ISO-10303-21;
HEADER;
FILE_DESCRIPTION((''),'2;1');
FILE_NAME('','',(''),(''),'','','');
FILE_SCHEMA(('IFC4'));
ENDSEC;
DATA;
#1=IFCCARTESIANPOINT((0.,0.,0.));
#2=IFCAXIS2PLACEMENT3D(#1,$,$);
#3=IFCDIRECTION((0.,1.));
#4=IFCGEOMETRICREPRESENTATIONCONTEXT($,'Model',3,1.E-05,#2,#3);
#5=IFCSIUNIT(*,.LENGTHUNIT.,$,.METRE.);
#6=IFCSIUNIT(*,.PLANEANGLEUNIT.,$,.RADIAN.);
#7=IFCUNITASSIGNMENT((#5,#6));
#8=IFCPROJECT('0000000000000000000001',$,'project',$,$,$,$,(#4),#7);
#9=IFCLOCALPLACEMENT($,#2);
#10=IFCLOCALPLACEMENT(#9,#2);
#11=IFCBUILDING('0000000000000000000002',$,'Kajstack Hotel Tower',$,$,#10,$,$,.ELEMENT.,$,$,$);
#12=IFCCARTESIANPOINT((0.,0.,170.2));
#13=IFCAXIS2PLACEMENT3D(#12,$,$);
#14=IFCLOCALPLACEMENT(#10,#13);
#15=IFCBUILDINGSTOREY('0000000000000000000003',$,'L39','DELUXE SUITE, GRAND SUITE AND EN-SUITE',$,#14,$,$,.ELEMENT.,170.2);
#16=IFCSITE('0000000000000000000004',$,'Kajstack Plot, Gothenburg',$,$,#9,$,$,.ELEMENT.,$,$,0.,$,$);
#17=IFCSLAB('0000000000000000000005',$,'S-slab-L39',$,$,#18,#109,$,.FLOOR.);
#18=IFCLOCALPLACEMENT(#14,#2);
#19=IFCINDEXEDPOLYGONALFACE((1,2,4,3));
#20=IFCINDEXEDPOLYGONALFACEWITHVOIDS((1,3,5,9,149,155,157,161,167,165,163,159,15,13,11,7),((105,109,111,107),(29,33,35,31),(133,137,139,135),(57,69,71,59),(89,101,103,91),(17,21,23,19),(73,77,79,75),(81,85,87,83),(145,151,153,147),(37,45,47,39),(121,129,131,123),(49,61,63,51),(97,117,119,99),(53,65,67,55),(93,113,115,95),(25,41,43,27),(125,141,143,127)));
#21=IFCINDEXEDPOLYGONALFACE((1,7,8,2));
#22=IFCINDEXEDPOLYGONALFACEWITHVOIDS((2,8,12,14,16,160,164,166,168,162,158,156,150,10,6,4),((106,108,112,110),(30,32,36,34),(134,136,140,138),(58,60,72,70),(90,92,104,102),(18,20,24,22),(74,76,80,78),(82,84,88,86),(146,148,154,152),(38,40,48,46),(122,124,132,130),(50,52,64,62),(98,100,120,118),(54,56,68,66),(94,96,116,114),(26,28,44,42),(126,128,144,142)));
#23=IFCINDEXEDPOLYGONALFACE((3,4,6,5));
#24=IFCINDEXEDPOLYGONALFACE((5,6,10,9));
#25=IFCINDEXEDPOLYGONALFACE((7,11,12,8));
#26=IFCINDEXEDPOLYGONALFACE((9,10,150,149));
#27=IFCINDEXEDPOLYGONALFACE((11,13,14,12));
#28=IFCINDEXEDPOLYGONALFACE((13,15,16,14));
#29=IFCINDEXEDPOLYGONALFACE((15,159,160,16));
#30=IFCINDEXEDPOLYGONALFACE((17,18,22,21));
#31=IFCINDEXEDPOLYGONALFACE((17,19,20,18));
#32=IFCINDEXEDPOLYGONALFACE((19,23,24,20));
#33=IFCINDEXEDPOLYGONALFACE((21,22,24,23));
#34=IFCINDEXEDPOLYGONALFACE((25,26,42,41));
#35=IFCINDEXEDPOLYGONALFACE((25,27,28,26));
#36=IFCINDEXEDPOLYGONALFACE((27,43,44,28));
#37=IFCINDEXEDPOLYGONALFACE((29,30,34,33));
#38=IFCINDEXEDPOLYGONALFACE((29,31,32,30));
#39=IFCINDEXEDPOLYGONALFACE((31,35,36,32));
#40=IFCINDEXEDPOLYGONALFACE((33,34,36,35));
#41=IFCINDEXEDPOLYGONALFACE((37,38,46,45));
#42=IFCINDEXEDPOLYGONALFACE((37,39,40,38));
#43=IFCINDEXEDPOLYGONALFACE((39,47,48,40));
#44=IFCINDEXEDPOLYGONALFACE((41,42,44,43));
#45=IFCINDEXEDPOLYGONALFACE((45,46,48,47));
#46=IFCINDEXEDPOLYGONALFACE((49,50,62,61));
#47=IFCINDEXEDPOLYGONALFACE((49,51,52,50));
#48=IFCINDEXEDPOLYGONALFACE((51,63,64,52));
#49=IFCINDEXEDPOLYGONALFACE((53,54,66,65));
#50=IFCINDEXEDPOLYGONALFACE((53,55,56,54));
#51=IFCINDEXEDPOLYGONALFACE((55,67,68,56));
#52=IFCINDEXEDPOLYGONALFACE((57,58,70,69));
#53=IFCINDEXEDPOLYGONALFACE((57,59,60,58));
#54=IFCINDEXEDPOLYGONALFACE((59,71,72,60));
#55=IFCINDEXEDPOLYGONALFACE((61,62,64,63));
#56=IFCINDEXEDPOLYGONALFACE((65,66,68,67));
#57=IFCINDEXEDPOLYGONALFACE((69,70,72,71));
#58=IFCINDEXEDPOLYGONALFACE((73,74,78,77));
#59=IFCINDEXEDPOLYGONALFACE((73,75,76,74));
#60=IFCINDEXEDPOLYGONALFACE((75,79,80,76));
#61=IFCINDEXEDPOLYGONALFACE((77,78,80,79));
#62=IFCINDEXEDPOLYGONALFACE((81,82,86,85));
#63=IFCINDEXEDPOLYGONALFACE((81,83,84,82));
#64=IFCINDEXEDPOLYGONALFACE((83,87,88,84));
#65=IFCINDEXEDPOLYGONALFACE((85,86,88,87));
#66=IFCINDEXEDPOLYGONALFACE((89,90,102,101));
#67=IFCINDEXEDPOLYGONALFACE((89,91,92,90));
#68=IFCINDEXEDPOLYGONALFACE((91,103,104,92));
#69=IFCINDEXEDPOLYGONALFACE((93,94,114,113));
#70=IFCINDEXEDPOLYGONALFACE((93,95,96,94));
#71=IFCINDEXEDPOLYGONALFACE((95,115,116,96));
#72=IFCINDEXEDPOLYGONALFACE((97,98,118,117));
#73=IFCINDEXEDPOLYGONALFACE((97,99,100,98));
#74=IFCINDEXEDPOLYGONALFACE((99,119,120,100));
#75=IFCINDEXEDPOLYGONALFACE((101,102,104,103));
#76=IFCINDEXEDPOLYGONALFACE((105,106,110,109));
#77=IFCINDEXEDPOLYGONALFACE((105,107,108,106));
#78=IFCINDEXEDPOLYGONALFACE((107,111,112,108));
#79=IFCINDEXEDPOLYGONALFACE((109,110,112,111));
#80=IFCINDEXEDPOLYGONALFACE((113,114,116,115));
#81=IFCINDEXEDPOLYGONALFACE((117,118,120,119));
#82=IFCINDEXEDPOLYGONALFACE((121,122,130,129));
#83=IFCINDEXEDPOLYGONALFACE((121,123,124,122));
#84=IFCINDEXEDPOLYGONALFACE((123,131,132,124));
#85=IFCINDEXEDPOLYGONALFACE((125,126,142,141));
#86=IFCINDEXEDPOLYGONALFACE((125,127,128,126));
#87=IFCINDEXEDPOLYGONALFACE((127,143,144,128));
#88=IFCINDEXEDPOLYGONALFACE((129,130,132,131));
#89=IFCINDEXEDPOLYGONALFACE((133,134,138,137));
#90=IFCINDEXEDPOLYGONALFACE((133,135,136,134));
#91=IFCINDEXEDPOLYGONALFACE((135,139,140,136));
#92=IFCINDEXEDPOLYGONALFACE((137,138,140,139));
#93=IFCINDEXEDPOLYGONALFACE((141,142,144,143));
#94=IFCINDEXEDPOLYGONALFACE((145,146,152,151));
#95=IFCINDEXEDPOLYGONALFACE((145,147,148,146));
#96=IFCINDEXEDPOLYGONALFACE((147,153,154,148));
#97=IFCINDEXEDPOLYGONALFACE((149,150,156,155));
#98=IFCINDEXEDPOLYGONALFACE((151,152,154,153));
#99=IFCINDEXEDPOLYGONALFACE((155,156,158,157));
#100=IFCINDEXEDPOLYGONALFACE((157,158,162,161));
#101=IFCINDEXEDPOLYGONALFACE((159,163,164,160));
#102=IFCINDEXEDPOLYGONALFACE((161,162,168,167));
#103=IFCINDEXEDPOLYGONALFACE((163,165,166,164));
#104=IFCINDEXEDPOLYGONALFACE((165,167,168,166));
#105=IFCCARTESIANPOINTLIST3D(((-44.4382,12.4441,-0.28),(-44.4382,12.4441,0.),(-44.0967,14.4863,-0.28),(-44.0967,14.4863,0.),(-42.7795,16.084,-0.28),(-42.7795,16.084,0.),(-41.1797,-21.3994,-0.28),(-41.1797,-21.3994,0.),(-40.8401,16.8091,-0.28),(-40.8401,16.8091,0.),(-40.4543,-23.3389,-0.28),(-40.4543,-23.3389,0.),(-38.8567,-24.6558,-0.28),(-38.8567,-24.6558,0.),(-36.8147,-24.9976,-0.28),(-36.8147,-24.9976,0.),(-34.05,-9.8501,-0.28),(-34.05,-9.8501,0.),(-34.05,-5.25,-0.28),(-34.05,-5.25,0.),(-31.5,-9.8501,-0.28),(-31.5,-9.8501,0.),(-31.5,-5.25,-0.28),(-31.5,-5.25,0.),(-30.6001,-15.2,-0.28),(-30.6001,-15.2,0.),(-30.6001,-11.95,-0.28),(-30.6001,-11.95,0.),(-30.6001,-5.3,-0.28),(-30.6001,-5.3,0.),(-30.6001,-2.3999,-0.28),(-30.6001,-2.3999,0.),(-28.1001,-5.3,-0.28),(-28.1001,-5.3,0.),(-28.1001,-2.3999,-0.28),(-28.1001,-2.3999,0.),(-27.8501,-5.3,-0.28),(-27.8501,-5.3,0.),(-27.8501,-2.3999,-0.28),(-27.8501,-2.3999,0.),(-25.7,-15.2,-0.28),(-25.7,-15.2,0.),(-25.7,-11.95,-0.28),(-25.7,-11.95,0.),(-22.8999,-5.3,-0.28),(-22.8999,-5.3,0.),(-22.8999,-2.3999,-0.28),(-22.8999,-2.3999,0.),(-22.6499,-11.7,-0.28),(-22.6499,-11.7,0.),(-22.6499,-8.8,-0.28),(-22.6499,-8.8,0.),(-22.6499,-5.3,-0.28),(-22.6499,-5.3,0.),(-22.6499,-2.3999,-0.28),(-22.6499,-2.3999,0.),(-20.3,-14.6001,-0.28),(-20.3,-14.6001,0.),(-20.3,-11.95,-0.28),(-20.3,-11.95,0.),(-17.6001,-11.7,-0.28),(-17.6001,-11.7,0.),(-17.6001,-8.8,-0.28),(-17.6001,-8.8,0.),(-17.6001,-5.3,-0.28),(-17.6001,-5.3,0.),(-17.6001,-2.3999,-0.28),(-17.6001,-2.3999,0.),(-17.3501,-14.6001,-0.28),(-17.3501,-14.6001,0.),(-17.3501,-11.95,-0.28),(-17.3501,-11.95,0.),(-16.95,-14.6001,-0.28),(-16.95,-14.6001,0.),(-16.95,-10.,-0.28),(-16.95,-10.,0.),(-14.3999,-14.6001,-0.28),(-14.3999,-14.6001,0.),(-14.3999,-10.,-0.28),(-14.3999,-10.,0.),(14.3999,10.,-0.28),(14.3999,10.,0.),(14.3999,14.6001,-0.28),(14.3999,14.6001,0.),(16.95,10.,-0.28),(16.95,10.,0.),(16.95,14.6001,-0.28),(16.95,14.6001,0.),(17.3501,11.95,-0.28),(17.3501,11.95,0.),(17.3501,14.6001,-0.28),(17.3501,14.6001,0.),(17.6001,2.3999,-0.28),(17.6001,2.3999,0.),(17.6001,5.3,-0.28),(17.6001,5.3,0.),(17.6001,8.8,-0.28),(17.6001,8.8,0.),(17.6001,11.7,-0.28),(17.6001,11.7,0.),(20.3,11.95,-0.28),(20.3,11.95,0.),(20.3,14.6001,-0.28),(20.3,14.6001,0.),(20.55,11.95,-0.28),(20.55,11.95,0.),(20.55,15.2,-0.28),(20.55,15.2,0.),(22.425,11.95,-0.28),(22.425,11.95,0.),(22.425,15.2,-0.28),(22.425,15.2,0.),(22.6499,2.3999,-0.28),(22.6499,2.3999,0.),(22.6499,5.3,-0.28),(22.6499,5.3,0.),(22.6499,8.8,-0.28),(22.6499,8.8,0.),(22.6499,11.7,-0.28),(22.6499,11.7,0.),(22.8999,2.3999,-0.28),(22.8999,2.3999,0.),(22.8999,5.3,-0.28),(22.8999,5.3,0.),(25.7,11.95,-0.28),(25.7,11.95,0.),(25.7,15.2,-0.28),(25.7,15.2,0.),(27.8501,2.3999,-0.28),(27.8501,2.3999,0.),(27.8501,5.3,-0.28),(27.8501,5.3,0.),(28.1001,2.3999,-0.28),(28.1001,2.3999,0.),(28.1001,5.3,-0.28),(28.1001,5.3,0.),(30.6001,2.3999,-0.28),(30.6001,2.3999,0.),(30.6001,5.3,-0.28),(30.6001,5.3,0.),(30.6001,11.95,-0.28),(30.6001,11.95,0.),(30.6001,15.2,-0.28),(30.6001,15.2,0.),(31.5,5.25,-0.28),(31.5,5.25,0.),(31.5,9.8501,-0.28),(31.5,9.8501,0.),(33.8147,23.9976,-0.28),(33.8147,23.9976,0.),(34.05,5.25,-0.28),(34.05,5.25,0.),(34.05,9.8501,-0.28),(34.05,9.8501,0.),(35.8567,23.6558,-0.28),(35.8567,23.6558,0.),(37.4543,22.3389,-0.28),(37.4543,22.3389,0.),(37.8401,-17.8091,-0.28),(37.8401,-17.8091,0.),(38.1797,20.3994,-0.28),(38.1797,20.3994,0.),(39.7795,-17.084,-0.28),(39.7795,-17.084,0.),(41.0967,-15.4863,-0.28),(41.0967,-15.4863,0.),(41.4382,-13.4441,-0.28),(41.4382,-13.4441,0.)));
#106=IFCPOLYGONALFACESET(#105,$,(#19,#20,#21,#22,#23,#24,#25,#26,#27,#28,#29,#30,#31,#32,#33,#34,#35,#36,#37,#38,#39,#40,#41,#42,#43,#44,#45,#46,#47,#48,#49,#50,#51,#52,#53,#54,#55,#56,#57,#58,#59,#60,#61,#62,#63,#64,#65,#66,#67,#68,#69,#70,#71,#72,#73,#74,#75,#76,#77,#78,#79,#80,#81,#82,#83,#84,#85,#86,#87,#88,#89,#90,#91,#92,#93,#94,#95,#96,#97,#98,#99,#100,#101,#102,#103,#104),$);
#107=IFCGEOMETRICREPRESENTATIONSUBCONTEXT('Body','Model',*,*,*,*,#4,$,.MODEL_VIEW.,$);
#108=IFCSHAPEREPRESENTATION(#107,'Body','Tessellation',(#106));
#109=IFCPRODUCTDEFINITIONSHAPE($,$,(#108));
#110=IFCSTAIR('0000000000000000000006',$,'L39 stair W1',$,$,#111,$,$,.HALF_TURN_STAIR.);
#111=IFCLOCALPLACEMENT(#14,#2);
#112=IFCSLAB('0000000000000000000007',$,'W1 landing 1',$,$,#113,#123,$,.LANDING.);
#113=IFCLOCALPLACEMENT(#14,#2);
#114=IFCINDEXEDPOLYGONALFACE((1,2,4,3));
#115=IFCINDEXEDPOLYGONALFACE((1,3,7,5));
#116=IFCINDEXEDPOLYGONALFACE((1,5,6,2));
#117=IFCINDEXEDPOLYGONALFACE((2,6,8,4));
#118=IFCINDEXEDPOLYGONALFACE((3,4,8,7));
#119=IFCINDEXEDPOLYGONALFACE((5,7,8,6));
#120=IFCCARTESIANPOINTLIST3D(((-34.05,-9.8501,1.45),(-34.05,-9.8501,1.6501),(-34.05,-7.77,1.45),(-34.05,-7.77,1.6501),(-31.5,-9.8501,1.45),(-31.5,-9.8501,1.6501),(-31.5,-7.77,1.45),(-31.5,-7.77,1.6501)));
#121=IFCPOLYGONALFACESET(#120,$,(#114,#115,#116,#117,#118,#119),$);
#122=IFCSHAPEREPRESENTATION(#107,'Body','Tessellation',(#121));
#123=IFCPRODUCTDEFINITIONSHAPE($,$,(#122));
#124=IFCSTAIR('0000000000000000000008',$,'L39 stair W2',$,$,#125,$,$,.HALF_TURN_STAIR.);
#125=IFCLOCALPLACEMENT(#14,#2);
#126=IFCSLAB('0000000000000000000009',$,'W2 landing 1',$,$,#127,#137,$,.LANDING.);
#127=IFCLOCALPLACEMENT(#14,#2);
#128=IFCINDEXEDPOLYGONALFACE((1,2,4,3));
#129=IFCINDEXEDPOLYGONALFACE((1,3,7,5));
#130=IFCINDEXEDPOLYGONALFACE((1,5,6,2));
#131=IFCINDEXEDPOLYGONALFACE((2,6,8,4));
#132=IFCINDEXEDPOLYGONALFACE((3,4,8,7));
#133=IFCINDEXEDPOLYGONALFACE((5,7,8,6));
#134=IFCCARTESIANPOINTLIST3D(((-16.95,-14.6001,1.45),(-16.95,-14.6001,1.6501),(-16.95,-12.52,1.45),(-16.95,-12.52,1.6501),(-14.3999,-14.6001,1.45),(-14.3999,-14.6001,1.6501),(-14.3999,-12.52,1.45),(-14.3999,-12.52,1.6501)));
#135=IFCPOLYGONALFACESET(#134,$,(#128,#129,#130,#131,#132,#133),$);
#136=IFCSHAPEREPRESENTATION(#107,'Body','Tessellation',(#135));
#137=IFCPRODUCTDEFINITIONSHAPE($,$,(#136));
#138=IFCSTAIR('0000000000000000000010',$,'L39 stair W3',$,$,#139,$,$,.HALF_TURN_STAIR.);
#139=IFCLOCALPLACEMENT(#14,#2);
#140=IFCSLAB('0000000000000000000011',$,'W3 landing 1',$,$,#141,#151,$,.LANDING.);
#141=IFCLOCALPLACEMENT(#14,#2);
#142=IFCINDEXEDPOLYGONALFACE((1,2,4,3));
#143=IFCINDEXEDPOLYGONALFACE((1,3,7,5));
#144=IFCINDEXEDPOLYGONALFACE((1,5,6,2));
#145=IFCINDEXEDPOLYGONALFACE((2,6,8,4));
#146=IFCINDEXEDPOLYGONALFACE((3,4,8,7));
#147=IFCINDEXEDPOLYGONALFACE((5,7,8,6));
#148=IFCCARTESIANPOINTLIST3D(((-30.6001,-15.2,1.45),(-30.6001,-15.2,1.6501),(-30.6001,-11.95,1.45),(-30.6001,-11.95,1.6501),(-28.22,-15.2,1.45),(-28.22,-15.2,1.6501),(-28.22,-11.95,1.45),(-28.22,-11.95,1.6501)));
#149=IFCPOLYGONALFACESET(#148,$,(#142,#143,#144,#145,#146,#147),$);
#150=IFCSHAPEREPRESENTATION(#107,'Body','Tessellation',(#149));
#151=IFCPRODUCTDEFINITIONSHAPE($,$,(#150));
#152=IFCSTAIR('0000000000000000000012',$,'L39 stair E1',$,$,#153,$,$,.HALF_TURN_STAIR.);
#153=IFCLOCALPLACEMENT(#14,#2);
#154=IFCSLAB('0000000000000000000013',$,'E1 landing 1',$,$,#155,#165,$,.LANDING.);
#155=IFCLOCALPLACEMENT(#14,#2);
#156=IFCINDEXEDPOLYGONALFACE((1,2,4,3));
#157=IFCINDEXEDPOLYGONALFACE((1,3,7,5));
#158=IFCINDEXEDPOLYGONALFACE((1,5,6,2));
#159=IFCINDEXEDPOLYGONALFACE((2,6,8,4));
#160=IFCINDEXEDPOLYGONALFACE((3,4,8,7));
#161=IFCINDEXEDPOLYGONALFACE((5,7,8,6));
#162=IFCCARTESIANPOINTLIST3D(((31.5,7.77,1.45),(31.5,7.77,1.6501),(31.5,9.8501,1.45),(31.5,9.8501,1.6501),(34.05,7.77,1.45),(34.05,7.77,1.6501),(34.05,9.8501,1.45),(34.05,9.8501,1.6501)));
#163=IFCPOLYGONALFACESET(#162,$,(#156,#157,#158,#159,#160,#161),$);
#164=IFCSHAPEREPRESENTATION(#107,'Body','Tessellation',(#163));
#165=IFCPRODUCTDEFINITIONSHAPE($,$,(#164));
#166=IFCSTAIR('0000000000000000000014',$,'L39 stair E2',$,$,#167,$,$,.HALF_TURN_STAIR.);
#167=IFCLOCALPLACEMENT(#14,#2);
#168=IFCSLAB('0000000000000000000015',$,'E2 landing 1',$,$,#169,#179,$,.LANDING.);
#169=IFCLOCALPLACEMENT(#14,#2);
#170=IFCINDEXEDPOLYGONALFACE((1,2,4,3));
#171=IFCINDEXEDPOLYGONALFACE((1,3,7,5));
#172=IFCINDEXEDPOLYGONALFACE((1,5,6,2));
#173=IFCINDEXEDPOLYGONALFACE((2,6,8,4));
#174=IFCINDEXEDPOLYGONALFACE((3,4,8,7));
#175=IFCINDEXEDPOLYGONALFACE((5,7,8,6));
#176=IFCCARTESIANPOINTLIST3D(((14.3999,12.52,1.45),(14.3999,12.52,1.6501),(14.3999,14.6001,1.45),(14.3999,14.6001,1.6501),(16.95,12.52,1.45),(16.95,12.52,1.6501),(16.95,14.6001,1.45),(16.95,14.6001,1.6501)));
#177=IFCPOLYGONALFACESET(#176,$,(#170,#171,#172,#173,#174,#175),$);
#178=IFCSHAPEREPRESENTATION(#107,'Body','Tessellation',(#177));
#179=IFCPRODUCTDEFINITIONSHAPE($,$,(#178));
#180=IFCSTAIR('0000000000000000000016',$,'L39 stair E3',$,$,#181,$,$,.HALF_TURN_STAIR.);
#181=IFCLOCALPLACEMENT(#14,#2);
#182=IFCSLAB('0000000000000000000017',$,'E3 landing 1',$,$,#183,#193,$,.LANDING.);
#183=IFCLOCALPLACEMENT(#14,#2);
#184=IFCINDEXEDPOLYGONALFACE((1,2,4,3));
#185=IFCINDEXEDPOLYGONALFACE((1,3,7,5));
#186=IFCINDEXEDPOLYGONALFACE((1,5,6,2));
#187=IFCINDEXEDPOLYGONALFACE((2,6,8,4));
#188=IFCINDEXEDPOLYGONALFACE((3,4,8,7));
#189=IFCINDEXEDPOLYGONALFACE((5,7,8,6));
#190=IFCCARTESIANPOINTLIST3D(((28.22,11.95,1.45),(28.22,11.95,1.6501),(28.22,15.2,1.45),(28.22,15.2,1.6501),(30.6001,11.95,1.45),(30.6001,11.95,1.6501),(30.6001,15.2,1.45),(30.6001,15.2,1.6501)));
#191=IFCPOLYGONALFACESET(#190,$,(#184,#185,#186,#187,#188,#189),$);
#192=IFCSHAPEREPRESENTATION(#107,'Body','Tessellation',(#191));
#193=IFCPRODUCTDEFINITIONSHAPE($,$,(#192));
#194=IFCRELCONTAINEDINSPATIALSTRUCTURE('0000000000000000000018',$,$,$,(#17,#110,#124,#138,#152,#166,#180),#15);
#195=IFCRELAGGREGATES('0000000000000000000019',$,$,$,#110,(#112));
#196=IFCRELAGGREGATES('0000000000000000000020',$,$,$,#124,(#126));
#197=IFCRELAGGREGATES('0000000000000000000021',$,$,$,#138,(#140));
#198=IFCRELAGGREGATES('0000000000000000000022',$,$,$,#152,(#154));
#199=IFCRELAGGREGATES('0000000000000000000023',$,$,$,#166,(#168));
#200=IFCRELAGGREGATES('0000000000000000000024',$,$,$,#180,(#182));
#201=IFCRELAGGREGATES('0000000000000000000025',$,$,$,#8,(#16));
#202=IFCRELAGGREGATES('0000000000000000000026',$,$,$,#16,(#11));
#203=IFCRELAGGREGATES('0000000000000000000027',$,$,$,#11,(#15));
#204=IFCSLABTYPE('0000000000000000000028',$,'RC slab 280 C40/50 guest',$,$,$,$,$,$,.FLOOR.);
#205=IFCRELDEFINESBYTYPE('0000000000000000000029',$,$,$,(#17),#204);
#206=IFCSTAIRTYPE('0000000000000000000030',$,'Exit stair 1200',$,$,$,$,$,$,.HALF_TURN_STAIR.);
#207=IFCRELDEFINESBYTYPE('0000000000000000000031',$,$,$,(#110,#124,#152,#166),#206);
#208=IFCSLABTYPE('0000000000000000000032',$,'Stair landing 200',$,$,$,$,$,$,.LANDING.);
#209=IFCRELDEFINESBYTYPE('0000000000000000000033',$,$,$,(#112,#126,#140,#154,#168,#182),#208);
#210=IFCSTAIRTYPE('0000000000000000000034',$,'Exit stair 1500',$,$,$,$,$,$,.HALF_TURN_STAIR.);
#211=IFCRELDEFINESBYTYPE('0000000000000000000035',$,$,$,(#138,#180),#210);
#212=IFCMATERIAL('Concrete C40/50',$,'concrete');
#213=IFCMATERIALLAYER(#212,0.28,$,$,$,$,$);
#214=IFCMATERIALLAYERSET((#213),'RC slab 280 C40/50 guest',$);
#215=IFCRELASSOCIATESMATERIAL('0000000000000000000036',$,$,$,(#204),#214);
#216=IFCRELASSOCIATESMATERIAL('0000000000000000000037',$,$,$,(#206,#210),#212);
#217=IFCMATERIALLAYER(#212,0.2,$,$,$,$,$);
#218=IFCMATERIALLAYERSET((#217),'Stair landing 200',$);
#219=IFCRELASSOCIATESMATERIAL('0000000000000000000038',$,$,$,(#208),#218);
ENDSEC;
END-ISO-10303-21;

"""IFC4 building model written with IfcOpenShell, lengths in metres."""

from ifc_helpers import new_model, si_unit, direction, frame, origin, place, context, subcontext, project, spatial, polyline, outline, extrude, material, layer, layer_set, type_object, element, aggregate, save


model = new_model("IFC4")

# Units and contexts
model_context = context("Model", 3, precision=1e-05, world=origin(), true_north=direction((0.0, 1.0)))
body_context = subcontext(model_context, "Body", "Model", "MODEL_VIEW")
ifc_project = project(units=[si_unit("LENGTHUNIT", "METRE"), si_unit("PLANEANGLEUNIT", "RADIAN")], contexts=[model_context])

# Site, building, storey
site_placement = place(None, origin())
site = spatial("IfcSite", under=ifc_project, at=site_placement, Name="Kajstack Plot, Gothenburg", CompositionType="ELEMENT", RefElevation=0.0)
building_placement = place(site_placement, origin())
building = spatial("IfcBuilding", under=site, at=building_placement, Name="Kajstack Hotel Tower", CompositionType="ELEMENT")
storey_placement = place(building_placement, frame((0.0, 0.0, 170.2)))
storey = spatial("IfcBuildingStorey", under=building, at=storey_placement, Name="L39", Description="DELUXE SUITE, GRAND SUITE AND EN-SUITE", CompositionType="ELEMENT", Elevation=170.2)

# Slab
ifc_material_1 = material(Name="Concrete C40/50", Category="concrete")
ifc_layer_1 = layer(ifc_material_1, 0.28)
ifc_layer_set_1 = layer_set([ifc_layer_1], Name="RC slab 280 C40/50 guest")
slab_type_1 = type_object("IfcSlabType", Name="RC slab 280 C40/50 guest", PredefinedType="FLOOR", material=ifc_layer_set_1)
slab_1_placement = place(storey_placement, frame((0.0, 0.0, -0.28)))
element("IfcSlab", 1, at=slab_1_placement, inside=storey, type_object=slab_type_1, Name="S-slab-L39", PredefinedType="FLOOR", context=body_context, shape_type="SweptSolid", body=[
    extrude(outline(polyline([(-44.4382, 12.4441), (-41.1797, -21.3994), (-40.4543, -23.3389), (-38.8567, -24.6558), (-36.8147, -24.9976), (37.8401, -17.8091), (39.7795, -17.084), (41.0967, -15.4863), (41.4382, -13.4441), (38.1797, 20.3994), (37.4543, 22.3389), (35.8567, 23.6558), (33.8147, 23.9976), (-40.8401, 16.8091), (-42.7795, 16.084), (-44.0967, 14.4863), (-44.4382, 12.4441)]), holes=[polyline([(-22.6499, -11.7), (-22.6499, -8.8), (-17.6001, -8.8), (-17.6001, -11.7), (-22.6499, -11.7)]), polyline([(-27.8501, -5.3), (-27.8501, -2.3999), (-22.8999, -2.3999), (-22.8999, -5.3), (-27.8501, -5.3)]), polyline([(-22.6499, -5.3), (-22.6499, -2.3999), (-17.6001, -2.3999), (-17.6001, -5.3), (-22.6499, -5.3)]), polyline([(-20.3, -14.6001), (-17.3501, -14.6001), (-17.3501, -11.95), (-20.3, -11.95), (-20.3, -14.6001)]), polyline([(-30.6001, -5.3), (-28.1001, -5.3), (-28.1001, -2.3999), (-30.6001, -2.3999), (-30.6001, -5.3)]), polyline([(17.6001, 8.8), (17.6001, 11.7), (22.6499, 11.7), (22.6499, 8.8), (17.6001, 8.8)]), polyline([(22.8999, 2.3999), (22.8999, 5.3), (27.8501, 5.3), (27.8501, 2.3999), (22.8999, 2.3999)]), polyline([(17.6001, 2.3999), (17.6001, 5.3), (22.6499, 5.3), (22.6499, 2.3999), (17.6001, 2.3999)]), polyline([(20.3, 14.6001), (17.3501, 14.6001), (17.3501, 11.95), (20.3, 11.95), (20.3, 14.6001)]), polyline([(30.6001, 5.3), (28.1001, 5.3), (28.1001, 2.3999), (30.6001, 2.3999), (30.6001, 5.3)]), polyline([(-34.05, -9.8501), (-31.5, -9.8501), (-31.5, -5.25), (-34.05, -5.25), (-34.05, -9.8501)]), polyline([(-16.95, -14.6001), (-14.3999, -14.6001), (-14.3999, -10.0), (-16.95, -10.0), (-16.95, -14.6001)]), polyline([(-30.6001, -15.2), (-25.7, -15.2), (-25.7, -11.95), (-30.6001, -11.95), (-30.6001, -15.2)]), polyline([(34.05, 9.8501), (31.5, 9.8501), (31.5, 5.25), (34.05, 5.25), (34.05, 9.8501)]), polyline([(16.95, 14.6001), (14.3999, 14.6001), (14.3999, 10.0), (16.95, 10.0), (16.95, 14.6001)]), polyline([(30.6001, 15.2), (25.7, 15.2), (25.7, 11.95), (30.6001, 11.95), (30.6001, 15.2)]), polyline([(22.425, 15.2), (22.425, 11.95), (20.55, 11.95), (20.55, 15.2), (22.425, 15.2)])]), origin(), (0.0, 0.0, 1.0), 0.28),
])

# Stairs, slabs
stair_type_1 = type_object("IfcStairType", Name="Exit stair 1200", PredefinedType="HALF_TURN_STAIR", material=ifc_material_1)
stair_1_placement = place(storey_placement, origin())
stair_1 = element("IfcStair", 2, at=stair_1_placement, inside=storey, type_object=stair_type_1, Name="L39 stair W1", PredefinedType="HALF_TURN_STAIR")
ifc_layer_2 = layer(ifc_material_1, 0.2)
ifc_layer_set_2 = layer_set([ifc_layer_2], Name="Stair landing 200")
slab_type_2 = type_object("IfcSlabType", Name="Stair landing 200", PredefinedType="LANDING", material=ifc_layer_set_2)
slab_2_placement = place(storey_placement, frame((0.0, 0.0, 1.45)))
slab_2 = element("IfcSlab", 3, at=slab_2_placement, type_object=slab_type_2, Name="W1 landing 1", PredefinedType="LANDING", context=body_context, shape_type="SweptSolid", body=[
    extrude(outline(polyline([(-34.05, -7.77), (-34.05, -9.8501), (-31.5, -9.8501), (-31.5, -7.77), (-34.05, -7.77)])), origin(), (0.0, 0.0, 1.0), 0.2002),
])
aggregate(stair_1, [slab_2])
stair_2_placement = place(storey_placement, origin())
stair_2 = element("IfcStair", 4, at=stair_2_placement, inside=storey, type_object=stair_type_1, Name="L39 stair W2", PredefinedType="HALF_TURN_STAIR")
slab_3_placement = place(storey_placement, frame((0.0, 0.0, 1.45)))
slab_3 = element("IfcSlab", 5, at=slab_3_placement, type_object=slab_type_2, Name="W2 landing 1", PredefinedType="LANDING", context=body_context, shape_type="SweptSolid", body=[
    extrude(outline(polyline([(-16.95, -12.52), (-16.95, -14.6001), (-14.3999, -14.6001), (-14.3999, -12.52), (-16.95, -12.52)])), origin(), (0.0, 0.0, 1.0), 0.2002),
])
aggregate(stair_2, [slab_3])
stair_type_2 = type_object("IfcStairType", Name="Exit stair 1500", PredefinedType="HALF_TURN_STAIR", material=ifc_material_1)
stair_3_placement = place(storey_placement, origin())
stair_3 = element("IfcStair", 6, at=stair_3_placement, inside=storey, type_object=stair_type_2, Name="L39 stair W3", PredefinedType="HALF_TURN_STAIR")
slab_4_placement = place(storey_placement, frame((0.0, 0.0, 1.45)))
slab_4 = element("IfcSlab", 7, at=slab_4_placement, type_object=slab_type_2, Name="W3 landing 1", PredefinedType="LANDING", context=body_context, shape_type="SweptSolid", body=[
    extrude(outline(polyline([(-28.22, -11.95), (-30.6001, -11.95), (-30.6001, -15.2), (-28.22, -15.2), (-28.22, -11.95)])), origin(), (0.0, 0.0, 1.0), 0.2002),
])
aggregate(stair_3, [slab_4])
stair_4_placement = place(storey_placement, origin())
stair_4 = element("IfcStair", 8, at=stair_4_placement, inside=storey, type_object=stair_type_1, Name="L39 stair E1", PredefinedType="HALF_TURN_STAIR")
slab_5_placement = place(storey_placement, frame((0.0, 0.0, 1.45)))
slab_5 = element("IfcSlab", 9, at=slab_5_placement, type_object=slab_type_2, Name="E1 landing 1", PredefinedType="LANDING", context=body_context, shape_type="SweptSolid", body=[
    extrude(outline(polyline([(34.05, 7.77), (34.05, 9.8501), (31.5, 9.8501), (31.5, 7.77), (34.05, 7.77)])), origin(), (0.0, 0.0, 1.0), 0.2002),
])
aggregate(stair_4, [slab_5])
stair_5_placement = place(storey_placement, origin())
stair_5 = element("IfcStair", 10, at=stair_5_placement, inside=storey, type_object=stair_type_1, Name="L39 stair E2", PredefinedType="HALF_TURN_STAIR")
slab_6_placement = place(storey_placement, frame((0.0, 0.0, 1.45)))
slab_6 = element("IfcSlab", 11, at=slab_6_placement, type_object=slab_type_2, Name="E2 landing 1", PredefinedType="LANDING", context=body_context, shape_type="SweptSolid", body=[
    extrude(outline(polyline([(16.95, 12.52), (16.95, 14.6001), (14.3999, 14.6001), (14.3999, 12.52), (16.95, 12.52)])), origin(), (0.0, 0.0, 1.0), 0.2002),
])
aggregate(stair_5, [slab_6])
stair_6_placement = place(storey_placement, origin())
stair_6 = element("IfcStair", 12, at=stair_6_placement, inside=storey, type_object=stair_type_2, Name="L39 stair E3", PredefinedType="HALF_TURN_STAIR")
slab_7_placement = place(storey_placement, frame((0.0, 0.0, 1.45)))
slab_7 = element("IfcSlab", 13, at=slab_7_placement, type_object=slab_type_2, Name="E3 landing 1", PredefinedType="LANDING", context=body_context, shape_type="SweptSolid", body=[
    extrude(outline(polyline([(28.22, 11.95), (30.6001, 11.95), (30.6001, 15.2), (28.22, 15.2), (28.22, 11.95)])), origin(), (0.0, 0.0, 1.0), 0.2002),
])
aggregate(stair_6, [slab_7])

save(model, "model.ifc")
